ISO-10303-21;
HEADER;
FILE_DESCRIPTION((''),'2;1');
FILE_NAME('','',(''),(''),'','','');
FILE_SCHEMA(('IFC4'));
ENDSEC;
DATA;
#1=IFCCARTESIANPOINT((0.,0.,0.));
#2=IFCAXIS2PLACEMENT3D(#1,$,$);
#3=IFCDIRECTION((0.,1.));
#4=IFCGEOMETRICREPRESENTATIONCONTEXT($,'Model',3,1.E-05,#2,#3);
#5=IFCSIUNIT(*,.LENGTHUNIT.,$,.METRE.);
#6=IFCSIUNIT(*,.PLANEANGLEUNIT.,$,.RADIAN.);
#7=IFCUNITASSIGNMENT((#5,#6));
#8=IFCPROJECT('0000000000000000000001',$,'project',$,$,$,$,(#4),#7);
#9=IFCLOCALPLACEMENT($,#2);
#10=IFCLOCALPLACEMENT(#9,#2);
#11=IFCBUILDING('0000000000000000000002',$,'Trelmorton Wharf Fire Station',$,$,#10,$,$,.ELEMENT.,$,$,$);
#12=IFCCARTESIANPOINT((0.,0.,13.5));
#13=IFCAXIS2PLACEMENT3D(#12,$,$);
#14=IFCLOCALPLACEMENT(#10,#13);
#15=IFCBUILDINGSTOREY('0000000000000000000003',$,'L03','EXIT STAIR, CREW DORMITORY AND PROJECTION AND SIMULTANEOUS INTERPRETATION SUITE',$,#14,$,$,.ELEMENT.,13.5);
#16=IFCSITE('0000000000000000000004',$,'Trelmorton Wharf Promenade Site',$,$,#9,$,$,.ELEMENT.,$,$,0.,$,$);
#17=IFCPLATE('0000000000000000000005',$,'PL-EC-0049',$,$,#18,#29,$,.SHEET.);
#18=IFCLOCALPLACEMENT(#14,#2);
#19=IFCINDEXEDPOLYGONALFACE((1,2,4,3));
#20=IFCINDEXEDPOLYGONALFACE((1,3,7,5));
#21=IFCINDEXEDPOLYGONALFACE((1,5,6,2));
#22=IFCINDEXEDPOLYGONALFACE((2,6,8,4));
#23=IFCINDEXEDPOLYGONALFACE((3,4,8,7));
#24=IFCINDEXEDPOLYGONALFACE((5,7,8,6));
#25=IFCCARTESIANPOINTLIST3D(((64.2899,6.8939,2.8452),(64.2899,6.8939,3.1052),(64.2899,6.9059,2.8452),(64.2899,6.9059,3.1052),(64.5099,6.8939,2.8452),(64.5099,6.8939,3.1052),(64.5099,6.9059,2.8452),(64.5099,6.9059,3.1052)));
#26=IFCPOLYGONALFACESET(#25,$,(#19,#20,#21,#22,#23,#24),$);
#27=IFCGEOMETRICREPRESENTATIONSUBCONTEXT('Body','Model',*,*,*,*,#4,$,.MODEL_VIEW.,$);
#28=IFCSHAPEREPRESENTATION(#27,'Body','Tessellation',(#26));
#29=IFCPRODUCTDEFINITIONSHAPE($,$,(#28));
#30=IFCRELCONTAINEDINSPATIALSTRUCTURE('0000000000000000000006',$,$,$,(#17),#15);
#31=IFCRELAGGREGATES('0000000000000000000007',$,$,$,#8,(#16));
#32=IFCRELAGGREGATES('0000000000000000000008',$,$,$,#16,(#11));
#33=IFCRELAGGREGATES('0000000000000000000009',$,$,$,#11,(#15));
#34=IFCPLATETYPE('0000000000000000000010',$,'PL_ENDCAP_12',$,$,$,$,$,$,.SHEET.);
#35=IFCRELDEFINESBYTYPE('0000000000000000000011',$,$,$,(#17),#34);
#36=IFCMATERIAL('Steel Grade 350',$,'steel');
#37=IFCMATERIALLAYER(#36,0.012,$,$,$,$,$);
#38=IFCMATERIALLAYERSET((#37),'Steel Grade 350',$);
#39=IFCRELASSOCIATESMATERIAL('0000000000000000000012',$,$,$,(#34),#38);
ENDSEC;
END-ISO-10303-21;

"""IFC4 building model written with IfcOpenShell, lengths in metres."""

from ifc_helpers import new_model, si_unit, direction, frame, origin, origin_2d, place, context, subcontext, project, spatial, rectangle, extrude, material, layer, layer_set, type_object, element, save


model = new_model("IFC4")

# Units and contexts
model_context = context("Model", 3, precision=1e-05, world=origin(), true_north=direction((0.0, 1.0)))
body_context = subcontext(model_context, "Body", "Model", "MODEL_VIEW")
ifc_project = project(units=[si_unit("LENGTHUNIT", "METRE"), si_unit("PLANEANGLEUNIT", "RADIAN")], contexts=[model_context])

# Site, building, storey
site_placement = place(None, origin())
site = spatial("IfcSite", under=ifc_project, at=site_placement, Name="Trelmorton Wharf Promenade Site", CompositionType="ELEMENT", RefElevation=0.0)
building_placement = place(site_placement, origin())
building = spatial("IfcBuilding", under=site, at=building_placement, Name="Trelmorton Wharf Fire Station", CompositionType="ELEMENT")
storey_placement = place(building_placement, frame((0.0, 0.0, 13.5)))
storey = spatial("IfcBuildingStorey", under=building, at=storey_placement, Name="L03", Description="EXIT STAIR, CREW DORMITORY AND PROJECTION AND SIMULTANEOUS INTERPRETATION SUITE", CompositionType="ELEMENT", Elevation=13.5)

# Shared definitions
ifc_material_1 = material(Name="Steel Grade 350", Category="steel")

# Plate
ifc_layer_1 = layer(ifc_material_1, 0.012)
ifc_layer_set_1 = layer_set([ifc_layer_1], Name="Steel Grade 350")
plate_type_1 = type_object("IfcPlateType", Name="PL_ENDCAP_12", PredefinedType="SHEET", material=ifc_layer_set_1)
plate_1_placement = place(storey_placement, frame((64.3999, 6.8999, 2.8452), z_axis=(0.0, 0.0, 1.0), x_axis=(1.0, 0.0, 0.0)))
element("IfcPlate", 1, at=plate_1_placement, inside=storey, type_object=plate_type_1, Name="PL-EC-0049", PredefinedType="SHEET", context=body_context, shape_type="SweptSolid", body=[
    extrude(rectangle(XDim=0.22, YDim=0.012, at=origin_2d()), origin(), (0.0, 0.0, 1.0), 0.26),
])

save(model, "model.ifc")
